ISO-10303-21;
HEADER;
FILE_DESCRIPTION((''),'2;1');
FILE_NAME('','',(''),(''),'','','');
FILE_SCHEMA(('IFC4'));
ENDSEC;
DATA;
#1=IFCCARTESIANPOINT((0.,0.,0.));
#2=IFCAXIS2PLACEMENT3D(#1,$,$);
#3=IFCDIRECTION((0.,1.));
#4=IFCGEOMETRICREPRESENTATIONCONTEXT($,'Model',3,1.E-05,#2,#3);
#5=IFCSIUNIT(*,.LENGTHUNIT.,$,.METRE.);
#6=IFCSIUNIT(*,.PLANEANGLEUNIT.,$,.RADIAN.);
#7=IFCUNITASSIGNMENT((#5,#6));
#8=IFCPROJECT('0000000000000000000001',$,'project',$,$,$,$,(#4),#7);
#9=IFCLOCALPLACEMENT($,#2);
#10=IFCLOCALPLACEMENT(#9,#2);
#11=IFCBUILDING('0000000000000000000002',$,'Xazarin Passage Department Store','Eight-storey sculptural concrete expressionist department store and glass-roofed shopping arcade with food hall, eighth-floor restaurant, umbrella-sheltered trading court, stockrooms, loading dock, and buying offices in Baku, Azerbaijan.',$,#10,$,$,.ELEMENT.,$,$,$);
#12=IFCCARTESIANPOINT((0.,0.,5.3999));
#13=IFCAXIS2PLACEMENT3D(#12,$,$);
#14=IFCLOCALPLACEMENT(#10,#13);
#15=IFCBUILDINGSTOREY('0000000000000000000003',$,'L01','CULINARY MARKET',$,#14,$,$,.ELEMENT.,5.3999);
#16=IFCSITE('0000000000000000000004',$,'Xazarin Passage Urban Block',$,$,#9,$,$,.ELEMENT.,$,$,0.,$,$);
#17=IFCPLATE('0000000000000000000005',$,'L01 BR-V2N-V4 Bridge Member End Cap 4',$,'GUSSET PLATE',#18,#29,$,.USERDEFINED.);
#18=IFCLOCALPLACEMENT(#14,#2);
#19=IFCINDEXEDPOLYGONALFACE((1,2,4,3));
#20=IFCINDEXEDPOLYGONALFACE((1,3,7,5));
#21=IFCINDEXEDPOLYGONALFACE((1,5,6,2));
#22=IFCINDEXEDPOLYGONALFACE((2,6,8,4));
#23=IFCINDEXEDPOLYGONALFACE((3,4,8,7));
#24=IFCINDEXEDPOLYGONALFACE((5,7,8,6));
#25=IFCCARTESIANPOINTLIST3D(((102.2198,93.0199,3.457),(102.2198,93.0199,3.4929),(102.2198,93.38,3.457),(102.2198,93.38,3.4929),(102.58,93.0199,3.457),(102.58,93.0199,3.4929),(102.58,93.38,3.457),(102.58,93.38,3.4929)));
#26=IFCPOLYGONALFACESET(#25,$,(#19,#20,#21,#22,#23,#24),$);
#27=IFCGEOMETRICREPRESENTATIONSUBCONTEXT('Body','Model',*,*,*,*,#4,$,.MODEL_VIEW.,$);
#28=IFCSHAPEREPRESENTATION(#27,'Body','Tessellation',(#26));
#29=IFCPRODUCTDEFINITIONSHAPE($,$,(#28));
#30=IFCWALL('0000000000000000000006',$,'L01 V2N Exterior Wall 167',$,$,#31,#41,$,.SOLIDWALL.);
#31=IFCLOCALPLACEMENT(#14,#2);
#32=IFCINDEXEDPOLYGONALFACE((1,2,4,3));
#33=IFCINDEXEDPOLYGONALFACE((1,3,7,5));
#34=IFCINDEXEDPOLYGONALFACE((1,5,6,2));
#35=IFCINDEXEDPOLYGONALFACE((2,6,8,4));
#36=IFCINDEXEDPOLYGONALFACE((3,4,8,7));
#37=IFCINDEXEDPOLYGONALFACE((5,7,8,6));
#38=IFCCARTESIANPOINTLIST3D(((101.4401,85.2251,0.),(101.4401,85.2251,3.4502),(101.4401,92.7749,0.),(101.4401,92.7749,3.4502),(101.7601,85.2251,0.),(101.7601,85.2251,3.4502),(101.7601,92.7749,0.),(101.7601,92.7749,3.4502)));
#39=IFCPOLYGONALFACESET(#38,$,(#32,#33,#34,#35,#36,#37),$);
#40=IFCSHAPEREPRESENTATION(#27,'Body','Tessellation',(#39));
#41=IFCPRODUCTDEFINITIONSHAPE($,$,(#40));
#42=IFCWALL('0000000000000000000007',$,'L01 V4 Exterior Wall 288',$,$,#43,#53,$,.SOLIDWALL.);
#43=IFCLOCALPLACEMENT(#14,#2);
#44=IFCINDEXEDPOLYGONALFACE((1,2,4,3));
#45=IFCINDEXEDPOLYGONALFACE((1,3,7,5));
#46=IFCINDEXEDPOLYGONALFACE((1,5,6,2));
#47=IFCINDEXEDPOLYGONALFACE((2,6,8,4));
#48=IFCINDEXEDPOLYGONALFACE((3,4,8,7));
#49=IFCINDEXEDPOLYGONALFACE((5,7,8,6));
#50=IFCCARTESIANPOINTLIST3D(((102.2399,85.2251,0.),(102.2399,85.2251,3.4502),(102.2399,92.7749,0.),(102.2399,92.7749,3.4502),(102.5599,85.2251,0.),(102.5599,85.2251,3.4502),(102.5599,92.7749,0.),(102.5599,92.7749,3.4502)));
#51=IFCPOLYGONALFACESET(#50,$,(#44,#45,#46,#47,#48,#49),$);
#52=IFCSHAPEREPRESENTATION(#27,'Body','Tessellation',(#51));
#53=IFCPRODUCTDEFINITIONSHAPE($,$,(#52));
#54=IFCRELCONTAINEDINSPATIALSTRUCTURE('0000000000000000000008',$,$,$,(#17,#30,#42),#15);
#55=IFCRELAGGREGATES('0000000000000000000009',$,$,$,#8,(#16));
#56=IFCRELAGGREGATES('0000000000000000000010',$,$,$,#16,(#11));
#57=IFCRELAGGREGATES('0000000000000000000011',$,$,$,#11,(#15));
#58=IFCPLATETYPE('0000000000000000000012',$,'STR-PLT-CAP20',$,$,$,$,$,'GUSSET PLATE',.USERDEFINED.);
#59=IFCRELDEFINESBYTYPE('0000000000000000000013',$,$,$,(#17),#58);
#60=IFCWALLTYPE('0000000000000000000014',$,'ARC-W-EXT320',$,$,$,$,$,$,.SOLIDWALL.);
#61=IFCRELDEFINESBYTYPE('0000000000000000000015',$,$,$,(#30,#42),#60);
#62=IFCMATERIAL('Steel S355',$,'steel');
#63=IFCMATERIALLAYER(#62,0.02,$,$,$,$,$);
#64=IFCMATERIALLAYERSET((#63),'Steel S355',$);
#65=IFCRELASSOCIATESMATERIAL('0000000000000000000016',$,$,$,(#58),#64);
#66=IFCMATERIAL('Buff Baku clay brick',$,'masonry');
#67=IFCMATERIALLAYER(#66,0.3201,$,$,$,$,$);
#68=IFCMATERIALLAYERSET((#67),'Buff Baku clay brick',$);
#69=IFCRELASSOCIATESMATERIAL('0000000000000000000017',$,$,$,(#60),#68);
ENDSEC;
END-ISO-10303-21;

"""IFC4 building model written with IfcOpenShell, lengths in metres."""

from ifc_helpers import new_model, si_unit, direction, frame, frame_2d, origin, origin_2d, place, context, subcontext, project, spatial, rectangle, extrude, material, layer, layer_set, type_object, element, save


model = new_model("IFC4")

# Units and contexts
model_context = context("Model", 3, precision=1e-05, world=origin(), true_north=direction((0.0, 1.0)))
body_context = subcontext(model_context, "Body", "Model", "MODEL_VIEW")
ifc_project = project(units=[si_unit("LENGTHUNIT", "METRE"), si_unit("PLANEANGLEUNIT", "RADIAN")], contexts=[model_context])

# Site, building, storey
site_placement = place(None, origin())
site = spatial("IfcSite", under=ifc_project, at=site_placement, Name="Xazarin Passage Urban Block", CompositionType="ELEMENT", RefElevation=0.0)
building_placement = place(site_placement, origin())
building = spatial("IfcBuilding", under=site, at=building_placement, Name="Xazarin Passage Department Store", Description="Eight-storey sculptural concrete expressionist department store and glass-roofed shopping arcade with food hall, eighth-floor restaurant, umbrella-sheltered trading court, stockrooms, loading dock, and buying offices in Baku, Azerbaijan.", CompositionType="ELEMENT")
storey_placement = place(building_placement, frame((0.0, 0.0, 5.3999)))
storey = spatial("IfcBuildingStorey", under=building, at=storey_placement, Name="L01", Description="CULINARY MARKET", CompositionType="ELEMENT", Elevation=5.3999)

# Shared definitions
ifc_material_1 = material(Name="Steel S355", Category="steel")

# Plate
ifc_layer_1 = layer(ifc_material_1, 0.02)
ifc_layer_set_1 = layer_set([ifc_layer_1], Name="Steel S355")
plate_type_1 = type_object("IfcPlateType", Name="STR-PLT-CAP20", ElementType="GUSSET PLATE", PredefinedType="USERDEFINED", material=ifc_layer_set_1)
plate_1_placement = place(storey_placement, frame((102.3999, 93.2, 3.457), z_axis=(0.0, 0.0, 1.0), x_axis=(1.0, 0.0, 0.0)))
element("IfcPlate", 1, at=plate_1_placement, inside=storey, type_object=plate_type_1, Name="L01 BR-V2N-V4 Bridge Member End Cap 4", ObjectType="GUSSET PLATE", PredefinedType="USERDEFINED", context=body_context, shape_type="SweptSolid", body=[
    extrude(rectangle(XDim=0.3601, YDim=0.3601, at=origin_2d()), origin(), (0.0, 0.0, 1.0), 0.0359),
])

# Walls
ifc_material_2 = material(Name="Buff Baku clay brick", Category="masonry")
ifc_layer_2 = layer(ifc_material_2, 0.3201)
ifc_layer_set_2 = layer_set([ifc_layer_2], Name="Buff Baku clay brick")
wall_type = type_object("IfcWallType", Name="ARC-W-EXT320", PredefinedType="SOLIDWALL", material=ifc_layer_set_2)
for number, where, z_axis, x_axis, name in (
    (2, (101.6001, 85.2251, 0.0), (0.0, 0.0, 1.0), (0.0, 1.0, 0.0), "L01 V2N Exterior Wall 167"),
    (3, (102.3999, 85.2251, 0.0), (0.0, 0.0, 1.0), (0.0, 1.0, 0.0), "L01 V4 Exterior Wall 288"),
):
    element("IfcWall", number, at=place(storey_placement, frame(where, z_axis=z_axis, x_axis=x_axis)), inside=storey, type_object=wall_type, Name=name, PredefinedType="SOLIDWALL", context=body_context, shape_type="SweptSolid", body=[
        extrude(rectangle(XDim=7.5498, YDim=0.3201, at=frame_2d((3.7749, 0.0))), origin(), (0.0, 0.0, 1.0), 3.4502),
    ])

save(model, "model.ifc")
